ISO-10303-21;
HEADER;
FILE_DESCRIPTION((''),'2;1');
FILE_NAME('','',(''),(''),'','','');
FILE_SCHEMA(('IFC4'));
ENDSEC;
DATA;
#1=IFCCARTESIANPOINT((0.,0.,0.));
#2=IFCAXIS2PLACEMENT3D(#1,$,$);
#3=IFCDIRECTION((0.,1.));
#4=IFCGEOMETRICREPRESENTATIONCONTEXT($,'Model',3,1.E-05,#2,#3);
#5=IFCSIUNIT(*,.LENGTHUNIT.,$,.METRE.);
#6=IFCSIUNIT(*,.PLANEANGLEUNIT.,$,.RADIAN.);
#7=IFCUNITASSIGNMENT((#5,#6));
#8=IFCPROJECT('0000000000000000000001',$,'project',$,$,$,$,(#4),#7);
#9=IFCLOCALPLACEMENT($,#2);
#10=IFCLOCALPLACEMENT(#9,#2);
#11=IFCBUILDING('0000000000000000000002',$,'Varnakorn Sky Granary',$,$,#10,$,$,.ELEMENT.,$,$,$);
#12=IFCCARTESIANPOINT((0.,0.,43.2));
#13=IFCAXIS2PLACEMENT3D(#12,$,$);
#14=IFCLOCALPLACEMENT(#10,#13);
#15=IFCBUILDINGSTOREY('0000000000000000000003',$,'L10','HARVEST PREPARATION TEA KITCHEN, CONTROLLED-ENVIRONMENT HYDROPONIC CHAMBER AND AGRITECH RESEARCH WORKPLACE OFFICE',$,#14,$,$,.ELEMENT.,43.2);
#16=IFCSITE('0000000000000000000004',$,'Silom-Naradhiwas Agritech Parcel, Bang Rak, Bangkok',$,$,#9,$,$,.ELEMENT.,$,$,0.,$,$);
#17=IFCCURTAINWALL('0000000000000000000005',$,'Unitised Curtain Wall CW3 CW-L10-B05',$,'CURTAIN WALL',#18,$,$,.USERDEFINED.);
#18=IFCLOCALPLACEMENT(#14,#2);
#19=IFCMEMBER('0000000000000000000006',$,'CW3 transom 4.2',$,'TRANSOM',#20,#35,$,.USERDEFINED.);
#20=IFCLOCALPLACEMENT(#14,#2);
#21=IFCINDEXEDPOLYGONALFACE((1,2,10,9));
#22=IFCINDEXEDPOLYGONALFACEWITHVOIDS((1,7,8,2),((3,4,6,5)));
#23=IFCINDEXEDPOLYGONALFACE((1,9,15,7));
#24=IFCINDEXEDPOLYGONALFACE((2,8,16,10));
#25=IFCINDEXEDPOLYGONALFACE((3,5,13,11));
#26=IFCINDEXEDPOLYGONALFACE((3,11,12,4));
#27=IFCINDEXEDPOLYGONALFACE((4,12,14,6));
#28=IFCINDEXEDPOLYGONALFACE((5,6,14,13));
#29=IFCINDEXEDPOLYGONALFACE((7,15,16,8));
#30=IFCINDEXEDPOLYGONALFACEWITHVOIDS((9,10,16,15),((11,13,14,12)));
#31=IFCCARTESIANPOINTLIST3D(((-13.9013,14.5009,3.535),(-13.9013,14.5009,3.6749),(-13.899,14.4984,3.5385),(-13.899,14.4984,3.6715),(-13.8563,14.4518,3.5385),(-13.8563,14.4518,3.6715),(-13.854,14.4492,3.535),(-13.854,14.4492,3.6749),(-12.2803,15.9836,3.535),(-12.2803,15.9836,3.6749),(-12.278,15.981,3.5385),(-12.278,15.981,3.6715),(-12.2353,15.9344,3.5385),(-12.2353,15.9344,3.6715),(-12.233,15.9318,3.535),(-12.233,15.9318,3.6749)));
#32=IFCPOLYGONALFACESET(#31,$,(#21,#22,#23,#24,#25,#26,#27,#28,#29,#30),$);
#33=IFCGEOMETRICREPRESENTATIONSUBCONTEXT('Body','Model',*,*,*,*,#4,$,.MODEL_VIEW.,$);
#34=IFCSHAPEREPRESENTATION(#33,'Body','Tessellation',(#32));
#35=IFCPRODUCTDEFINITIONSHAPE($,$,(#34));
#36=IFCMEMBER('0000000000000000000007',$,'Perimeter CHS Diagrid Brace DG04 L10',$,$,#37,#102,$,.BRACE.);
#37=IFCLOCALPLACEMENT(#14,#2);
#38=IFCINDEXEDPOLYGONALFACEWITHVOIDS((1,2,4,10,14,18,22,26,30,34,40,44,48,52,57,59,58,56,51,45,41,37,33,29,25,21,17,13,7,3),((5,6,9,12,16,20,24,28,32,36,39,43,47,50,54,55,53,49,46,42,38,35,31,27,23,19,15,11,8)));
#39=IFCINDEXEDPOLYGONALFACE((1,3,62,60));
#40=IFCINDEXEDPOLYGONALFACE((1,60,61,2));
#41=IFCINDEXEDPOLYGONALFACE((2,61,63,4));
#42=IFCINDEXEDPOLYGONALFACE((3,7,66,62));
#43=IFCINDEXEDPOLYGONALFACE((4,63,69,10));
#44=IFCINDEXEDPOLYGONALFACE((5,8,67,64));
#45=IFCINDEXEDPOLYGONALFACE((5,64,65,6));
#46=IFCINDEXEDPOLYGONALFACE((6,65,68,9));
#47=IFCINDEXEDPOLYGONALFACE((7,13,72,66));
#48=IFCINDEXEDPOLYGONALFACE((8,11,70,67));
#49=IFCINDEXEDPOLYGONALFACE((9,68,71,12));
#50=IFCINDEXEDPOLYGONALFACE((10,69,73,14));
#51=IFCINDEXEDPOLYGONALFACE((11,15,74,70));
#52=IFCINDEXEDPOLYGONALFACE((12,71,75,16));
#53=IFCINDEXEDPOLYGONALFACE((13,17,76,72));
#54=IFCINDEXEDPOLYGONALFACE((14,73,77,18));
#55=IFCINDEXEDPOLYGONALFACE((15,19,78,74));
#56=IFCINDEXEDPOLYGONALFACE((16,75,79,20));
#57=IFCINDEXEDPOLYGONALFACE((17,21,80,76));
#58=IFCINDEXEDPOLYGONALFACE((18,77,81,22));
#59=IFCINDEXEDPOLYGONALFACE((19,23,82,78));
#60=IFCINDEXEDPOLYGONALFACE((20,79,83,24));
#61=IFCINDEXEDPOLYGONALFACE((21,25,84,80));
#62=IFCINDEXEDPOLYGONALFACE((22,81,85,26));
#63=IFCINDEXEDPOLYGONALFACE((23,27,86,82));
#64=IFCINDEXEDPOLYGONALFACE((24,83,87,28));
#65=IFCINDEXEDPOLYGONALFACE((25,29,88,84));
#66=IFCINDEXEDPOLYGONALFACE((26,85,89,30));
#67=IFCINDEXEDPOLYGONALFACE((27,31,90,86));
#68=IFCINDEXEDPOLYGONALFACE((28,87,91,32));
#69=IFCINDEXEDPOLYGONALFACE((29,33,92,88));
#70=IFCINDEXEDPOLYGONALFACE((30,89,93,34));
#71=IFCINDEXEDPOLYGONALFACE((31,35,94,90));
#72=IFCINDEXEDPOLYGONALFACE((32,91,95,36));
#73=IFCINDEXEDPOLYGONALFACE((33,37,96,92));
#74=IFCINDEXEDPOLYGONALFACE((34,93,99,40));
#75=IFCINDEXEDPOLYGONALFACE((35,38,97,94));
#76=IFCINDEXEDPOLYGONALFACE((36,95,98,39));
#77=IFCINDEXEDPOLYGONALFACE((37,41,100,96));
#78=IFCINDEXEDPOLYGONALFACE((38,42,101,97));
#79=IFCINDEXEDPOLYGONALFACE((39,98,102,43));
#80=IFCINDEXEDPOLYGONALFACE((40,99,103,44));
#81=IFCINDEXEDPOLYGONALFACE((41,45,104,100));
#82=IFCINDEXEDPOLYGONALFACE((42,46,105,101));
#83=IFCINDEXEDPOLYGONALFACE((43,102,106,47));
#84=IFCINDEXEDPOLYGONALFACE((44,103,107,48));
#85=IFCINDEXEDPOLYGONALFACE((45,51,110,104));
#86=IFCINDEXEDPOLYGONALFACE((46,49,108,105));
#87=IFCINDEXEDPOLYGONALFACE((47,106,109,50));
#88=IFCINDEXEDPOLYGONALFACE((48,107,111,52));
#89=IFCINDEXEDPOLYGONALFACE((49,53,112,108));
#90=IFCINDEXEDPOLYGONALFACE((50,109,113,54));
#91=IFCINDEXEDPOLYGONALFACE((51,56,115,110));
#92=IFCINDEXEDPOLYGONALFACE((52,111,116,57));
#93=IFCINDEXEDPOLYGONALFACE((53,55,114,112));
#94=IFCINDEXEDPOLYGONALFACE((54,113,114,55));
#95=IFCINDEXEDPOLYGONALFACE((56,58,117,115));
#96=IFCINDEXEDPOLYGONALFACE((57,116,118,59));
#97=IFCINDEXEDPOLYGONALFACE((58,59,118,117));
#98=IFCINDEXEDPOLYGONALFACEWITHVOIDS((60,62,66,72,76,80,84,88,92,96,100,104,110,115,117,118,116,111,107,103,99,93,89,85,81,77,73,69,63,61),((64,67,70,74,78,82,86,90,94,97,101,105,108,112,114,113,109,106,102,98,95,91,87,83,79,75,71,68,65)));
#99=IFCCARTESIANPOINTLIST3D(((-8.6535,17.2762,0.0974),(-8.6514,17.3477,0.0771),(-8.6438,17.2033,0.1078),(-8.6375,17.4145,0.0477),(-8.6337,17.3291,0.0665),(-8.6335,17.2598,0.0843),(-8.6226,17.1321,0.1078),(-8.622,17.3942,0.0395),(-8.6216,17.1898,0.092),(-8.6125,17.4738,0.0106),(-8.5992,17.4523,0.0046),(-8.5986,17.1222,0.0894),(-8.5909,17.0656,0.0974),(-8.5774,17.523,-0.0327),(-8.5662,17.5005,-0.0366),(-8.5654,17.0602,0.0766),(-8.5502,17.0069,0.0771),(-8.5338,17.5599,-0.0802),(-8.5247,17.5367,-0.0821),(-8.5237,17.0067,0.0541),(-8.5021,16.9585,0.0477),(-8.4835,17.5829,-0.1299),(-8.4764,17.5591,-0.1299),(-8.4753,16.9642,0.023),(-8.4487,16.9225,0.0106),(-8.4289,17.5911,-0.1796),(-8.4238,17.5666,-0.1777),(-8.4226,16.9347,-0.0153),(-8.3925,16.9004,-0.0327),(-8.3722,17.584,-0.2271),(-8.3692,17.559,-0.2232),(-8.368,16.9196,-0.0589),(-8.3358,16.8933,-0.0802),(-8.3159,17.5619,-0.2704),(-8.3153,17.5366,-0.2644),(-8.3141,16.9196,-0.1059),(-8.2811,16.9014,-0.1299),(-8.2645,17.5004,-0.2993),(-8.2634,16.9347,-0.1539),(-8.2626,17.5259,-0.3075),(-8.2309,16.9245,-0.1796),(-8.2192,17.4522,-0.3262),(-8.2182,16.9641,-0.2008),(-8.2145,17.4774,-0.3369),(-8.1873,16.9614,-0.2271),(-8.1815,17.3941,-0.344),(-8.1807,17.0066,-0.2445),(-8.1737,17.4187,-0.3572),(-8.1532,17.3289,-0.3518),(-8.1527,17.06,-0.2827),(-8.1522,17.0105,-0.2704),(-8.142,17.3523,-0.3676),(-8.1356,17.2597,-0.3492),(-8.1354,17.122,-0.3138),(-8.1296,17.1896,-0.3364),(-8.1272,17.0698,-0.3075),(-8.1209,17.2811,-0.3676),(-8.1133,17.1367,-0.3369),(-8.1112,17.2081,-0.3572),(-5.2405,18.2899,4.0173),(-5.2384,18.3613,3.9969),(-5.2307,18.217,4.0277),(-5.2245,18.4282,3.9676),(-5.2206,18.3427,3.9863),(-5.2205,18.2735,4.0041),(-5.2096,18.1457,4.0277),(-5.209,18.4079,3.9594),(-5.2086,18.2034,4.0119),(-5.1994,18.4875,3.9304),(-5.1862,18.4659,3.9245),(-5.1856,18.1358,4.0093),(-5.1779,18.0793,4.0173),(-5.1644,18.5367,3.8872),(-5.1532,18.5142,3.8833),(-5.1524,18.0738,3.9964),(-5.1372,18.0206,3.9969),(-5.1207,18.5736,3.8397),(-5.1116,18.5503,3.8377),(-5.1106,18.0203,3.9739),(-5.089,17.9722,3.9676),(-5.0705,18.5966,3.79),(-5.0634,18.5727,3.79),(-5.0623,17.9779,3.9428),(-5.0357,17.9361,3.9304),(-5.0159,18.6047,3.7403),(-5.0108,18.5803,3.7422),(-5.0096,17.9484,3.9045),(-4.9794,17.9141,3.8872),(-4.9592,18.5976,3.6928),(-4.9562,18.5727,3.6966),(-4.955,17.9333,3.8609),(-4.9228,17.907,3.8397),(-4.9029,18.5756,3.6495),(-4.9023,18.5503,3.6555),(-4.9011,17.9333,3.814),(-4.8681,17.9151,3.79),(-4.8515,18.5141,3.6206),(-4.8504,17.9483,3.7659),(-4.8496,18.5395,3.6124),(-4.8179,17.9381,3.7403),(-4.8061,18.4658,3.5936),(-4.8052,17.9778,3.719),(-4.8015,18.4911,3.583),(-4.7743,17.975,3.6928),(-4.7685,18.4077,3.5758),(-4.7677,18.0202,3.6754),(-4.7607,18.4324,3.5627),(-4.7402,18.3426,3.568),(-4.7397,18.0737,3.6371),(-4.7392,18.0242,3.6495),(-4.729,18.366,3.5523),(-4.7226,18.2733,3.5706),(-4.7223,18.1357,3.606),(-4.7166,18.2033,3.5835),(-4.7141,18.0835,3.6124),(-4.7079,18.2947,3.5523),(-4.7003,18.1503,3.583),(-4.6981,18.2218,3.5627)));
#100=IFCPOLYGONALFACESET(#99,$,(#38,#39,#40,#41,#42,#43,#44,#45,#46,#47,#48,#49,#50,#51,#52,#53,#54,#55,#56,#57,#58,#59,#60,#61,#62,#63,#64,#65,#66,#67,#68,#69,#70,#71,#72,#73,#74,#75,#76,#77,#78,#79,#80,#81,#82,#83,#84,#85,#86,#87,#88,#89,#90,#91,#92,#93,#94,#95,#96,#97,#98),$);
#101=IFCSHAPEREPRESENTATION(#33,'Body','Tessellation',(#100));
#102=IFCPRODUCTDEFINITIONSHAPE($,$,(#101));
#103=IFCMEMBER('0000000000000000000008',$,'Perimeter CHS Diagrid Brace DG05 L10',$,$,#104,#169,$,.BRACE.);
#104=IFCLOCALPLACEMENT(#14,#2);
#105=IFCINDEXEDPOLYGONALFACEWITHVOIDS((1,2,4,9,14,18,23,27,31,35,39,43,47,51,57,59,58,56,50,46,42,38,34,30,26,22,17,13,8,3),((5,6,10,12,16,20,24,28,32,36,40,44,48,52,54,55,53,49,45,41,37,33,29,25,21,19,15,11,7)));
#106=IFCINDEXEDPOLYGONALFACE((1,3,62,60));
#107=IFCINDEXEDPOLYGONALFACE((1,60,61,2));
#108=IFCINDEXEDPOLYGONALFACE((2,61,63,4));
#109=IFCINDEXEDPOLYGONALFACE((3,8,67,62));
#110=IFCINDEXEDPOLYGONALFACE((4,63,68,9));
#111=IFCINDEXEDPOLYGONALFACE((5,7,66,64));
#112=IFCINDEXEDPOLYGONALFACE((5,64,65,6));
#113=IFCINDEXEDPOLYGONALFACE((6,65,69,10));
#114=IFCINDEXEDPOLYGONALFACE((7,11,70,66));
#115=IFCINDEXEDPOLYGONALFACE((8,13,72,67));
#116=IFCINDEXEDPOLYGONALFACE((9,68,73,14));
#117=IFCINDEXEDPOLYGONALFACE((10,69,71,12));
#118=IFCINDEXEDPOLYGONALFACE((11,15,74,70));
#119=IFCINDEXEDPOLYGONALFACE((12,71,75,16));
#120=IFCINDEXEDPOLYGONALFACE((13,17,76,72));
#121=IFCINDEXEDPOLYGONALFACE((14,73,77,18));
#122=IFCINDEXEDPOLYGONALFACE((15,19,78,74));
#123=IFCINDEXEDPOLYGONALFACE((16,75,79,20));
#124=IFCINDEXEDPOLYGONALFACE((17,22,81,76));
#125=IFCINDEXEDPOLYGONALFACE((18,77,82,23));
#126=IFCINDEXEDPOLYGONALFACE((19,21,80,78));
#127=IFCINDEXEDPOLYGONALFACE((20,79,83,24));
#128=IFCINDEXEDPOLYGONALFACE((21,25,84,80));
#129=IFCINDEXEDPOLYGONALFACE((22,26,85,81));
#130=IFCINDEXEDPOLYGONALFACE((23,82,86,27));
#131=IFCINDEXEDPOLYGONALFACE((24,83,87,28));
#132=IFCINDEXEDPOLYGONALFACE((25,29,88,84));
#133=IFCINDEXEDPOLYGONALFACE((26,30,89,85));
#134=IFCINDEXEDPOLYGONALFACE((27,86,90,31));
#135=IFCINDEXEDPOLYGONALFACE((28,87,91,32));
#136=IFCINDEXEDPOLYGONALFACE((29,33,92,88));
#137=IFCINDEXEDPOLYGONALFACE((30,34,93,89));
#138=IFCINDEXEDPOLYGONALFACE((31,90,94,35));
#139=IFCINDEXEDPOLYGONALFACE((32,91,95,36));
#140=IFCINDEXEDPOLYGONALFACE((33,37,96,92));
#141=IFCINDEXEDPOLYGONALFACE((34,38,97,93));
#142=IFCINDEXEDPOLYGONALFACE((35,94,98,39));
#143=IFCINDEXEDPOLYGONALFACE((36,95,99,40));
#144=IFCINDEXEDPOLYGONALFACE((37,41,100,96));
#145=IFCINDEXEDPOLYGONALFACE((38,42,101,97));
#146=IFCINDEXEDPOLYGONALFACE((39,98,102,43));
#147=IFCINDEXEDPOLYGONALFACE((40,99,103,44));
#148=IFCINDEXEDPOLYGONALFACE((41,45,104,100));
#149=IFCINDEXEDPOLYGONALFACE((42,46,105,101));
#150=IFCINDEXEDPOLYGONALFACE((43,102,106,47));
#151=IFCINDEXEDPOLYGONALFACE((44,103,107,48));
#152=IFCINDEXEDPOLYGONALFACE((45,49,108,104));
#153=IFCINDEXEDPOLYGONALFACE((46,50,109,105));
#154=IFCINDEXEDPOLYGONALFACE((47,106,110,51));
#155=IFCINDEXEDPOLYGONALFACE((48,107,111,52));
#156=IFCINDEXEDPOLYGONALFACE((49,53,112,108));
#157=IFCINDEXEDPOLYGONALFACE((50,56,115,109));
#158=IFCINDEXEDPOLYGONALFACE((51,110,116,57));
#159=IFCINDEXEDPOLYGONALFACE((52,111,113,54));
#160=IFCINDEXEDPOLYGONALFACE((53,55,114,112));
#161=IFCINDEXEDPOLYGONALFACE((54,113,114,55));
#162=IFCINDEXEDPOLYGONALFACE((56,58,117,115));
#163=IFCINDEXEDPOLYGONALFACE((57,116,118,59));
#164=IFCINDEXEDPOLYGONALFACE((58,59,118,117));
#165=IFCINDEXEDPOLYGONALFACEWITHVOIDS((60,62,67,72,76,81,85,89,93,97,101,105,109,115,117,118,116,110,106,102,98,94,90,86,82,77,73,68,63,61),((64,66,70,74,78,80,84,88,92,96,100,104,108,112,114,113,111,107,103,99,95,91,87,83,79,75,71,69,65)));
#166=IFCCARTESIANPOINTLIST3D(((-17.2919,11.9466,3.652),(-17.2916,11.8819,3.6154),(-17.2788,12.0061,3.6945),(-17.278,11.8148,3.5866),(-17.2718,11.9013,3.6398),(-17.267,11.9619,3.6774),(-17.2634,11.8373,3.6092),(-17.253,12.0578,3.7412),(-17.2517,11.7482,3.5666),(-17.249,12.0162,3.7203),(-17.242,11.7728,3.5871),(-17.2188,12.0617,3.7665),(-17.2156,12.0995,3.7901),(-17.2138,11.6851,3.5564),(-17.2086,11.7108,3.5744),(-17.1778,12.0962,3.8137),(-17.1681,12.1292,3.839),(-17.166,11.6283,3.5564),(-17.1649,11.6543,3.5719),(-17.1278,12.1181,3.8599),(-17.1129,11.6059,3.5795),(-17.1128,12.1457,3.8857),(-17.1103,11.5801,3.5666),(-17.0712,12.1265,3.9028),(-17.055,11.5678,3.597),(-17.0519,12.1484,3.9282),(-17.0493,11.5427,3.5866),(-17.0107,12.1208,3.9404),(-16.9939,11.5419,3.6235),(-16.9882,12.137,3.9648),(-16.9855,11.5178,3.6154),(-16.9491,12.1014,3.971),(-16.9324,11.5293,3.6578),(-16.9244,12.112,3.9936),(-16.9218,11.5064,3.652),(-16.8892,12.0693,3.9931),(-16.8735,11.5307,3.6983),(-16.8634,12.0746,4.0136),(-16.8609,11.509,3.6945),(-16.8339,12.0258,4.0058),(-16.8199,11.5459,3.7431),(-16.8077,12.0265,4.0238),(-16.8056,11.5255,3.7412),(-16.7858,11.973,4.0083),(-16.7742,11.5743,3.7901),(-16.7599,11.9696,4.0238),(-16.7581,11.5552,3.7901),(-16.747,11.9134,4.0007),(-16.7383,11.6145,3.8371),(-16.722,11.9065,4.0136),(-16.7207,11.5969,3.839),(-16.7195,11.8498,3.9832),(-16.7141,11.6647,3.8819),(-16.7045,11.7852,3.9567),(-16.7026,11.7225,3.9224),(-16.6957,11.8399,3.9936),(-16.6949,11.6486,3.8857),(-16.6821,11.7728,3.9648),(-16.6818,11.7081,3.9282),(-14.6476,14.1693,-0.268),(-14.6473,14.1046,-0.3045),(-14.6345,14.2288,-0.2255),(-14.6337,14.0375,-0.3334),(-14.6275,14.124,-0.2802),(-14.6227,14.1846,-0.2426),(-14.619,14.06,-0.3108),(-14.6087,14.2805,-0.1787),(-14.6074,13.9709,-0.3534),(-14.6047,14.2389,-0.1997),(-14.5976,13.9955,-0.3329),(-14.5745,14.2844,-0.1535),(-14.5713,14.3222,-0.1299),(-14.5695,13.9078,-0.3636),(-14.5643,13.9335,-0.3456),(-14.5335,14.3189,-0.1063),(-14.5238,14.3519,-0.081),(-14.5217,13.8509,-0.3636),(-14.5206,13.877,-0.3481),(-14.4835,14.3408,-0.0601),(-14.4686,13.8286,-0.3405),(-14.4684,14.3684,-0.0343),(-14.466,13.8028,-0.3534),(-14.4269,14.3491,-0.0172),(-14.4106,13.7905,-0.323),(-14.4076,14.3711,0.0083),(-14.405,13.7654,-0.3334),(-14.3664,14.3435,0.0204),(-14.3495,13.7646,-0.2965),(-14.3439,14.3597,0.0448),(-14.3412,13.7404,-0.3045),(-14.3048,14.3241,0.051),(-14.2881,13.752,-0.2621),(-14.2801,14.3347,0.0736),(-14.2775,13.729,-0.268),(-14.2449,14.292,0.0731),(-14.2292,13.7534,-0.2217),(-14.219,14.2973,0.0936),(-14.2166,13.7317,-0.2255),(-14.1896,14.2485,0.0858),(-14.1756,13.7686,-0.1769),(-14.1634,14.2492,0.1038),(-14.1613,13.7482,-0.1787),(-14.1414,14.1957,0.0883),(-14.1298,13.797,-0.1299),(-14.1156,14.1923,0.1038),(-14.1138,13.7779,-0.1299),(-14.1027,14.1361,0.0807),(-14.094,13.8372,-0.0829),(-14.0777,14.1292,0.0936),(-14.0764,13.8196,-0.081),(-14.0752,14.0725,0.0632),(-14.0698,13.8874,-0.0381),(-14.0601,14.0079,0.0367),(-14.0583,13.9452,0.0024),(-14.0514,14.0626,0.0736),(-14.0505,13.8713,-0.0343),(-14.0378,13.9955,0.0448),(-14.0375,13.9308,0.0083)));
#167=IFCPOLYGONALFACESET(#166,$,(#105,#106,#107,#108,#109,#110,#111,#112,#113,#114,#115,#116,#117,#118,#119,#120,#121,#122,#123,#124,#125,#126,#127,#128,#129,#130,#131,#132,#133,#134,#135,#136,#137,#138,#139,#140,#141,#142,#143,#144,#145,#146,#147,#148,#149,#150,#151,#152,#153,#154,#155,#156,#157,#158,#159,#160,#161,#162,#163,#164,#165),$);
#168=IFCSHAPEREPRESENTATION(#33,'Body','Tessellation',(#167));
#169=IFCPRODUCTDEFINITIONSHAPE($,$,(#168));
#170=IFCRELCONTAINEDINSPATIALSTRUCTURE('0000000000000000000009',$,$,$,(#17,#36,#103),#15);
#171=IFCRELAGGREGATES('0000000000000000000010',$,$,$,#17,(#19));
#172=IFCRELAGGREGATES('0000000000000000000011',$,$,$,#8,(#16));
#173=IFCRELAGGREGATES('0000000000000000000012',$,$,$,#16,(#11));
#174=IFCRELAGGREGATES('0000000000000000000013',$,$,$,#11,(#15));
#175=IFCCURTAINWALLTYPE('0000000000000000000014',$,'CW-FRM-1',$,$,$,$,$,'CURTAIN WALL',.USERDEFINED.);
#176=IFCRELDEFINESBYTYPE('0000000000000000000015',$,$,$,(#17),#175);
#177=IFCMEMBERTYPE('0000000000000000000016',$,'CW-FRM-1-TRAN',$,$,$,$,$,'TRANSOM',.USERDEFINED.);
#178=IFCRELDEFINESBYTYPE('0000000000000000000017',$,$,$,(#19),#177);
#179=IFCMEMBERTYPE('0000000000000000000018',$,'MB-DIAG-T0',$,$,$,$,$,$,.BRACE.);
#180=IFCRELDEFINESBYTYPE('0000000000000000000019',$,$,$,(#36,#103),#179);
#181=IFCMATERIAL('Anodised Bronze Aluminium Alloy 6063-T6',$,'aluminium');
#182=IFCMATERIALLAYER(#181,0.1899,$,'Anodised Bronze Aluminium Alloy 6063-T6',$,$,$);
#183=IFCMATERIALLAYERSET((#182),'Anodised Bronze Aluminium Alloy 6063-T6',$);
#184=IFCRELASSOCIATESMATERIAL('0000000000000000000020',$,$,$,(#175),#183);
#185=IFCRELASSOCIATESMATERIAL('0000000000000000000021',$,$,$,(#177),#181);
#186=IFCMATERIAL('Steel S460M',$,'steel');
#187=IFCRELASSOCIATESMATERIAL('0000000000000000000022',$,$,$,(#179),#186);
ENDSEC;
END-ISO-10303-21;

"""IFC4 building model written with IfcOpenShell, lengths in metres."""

from ifc_helpers import new_model, si_unit, direction, frame, origin, origin_2d, place, context, subcontext, project, spatial, hollow_rectangle, hollow_circle, extrude, material, layer, layer_set, material_profile, profile_set, type_object, element, aggregate, save


model = new_model("IFC4")

# Units and contexts
model_context = context("Model", 3, precision=1e-05, world=origin(), true_north=direction((0.0, 1.0)))
body_context = subcontext(model_context, "Body", "Model", "MODEL_VIEW")
ifc_project = project(units=[si_unit("LENGTHUNIT", "METRE"), si_unit("PLANEANGLEUNIT", "RADIAN")], contexts=[model_context])

# Site, building, storey
site_placement = place(None, origin())
site = spatial("IfcSite", under=ifc_project, at=site_placement, Name="Silom-Naradhiwas Agritech Parcel, Bang Rak, Bangkok", CompositionType="ELEMENT", RefElevation=0.0)
building_placement = place(site_placement, origin())
building = spatial("IfcBuilding", under=site, at=building_placement, Name="Varnakorn Sky Granary", CompositionType="ELEMENT")
storey_placement = place(building_placement, frame((0.0, 0.0, 43.2)))
storey = spatial("IfcBuildingStorey", under=building, at=storey_placement, Name="L10", Description="HARVEST PREPARATION TEA KITCHEN, CONTROLLED-ENVIRONMENT HYDROPONIC CHAMBER AND AGRITECH RESEARCH WORKPLACE OFFICE", CompositionType="ELEMENT", Elevation=43.2)

# Shared definitions
ifc_material_1 = material(Name="Steel S460M", Category="steel")

# Curtain wall
ifc_material_2 = material(Name="Anodised Bronze Aluminium Alloy 6063-T6", Category="aluminium")
ifc_layer_1 = layer(ifc_material_2, 0.1899, Name="Anodised Bronze Aluminium Alloy 6063-T6")
ifc_layer_set_1 = layer_set([ifc_layer_1], Name="Anodised Bronze Aluminium Alloy 6063-T6")
curtain_wall_type = type_object("IfcCurtainWallType", Name="CW-FRM-1", ElementType="CURTAIN WALL", PredefinedType="USERDEFINED", material=ifc_layer_set_1)
curtain_wall_1_placement = place(storey_placement, origin())
curtain_wall_1 = element("IfcCurtainWall", 1, at=curtain_wall_1_placement, inside=storey, type_object=curtain_wall_type, Name="Unitised Curtain Wall CW3 CW-L10-B05", ObjectType="CURTAIN WALL", PredefinedType="USERDEFINED")

# Member
ifc_material_profile_1 = material_profile(ifc_material_2, hollow_rectangle(XDim=0.0701, YDim=0.1399, WallThickness=0.0034, at=origin_2d()), Name="ALU TRAN 70x140")
ifc_profile_set_1 = profile_set([ifc_material_profile_1], Name="Anodised Bronze Aluminium Alloy 6063-T6")
member_type_1 = type_object("IfcMemberType", Name="CW-FRM-1-TRAN", ElementType="TRANSOM", PredefinedType="USERDEFINED", material=ifc_profile_set_1)
member_1_placement = place(storey_placement, frame((-13.8777, 14.4751, 3.605), z_axis=(0.73791, 0.674899, 0.0), x_axis=(-0.674899, 0.73791, 0.0)))
member_1 = element("IfcMember", 2, at=member_1_placement, type_object=member_type_1, Name="CW3 transom 4.2", ObjectType="TRANSOM", PredefinedType="USERDEFINED", context=body_context, shape_type="SweptSolid", body=[
    extrude(hollow_rectangle(XDim=0.0701, YDim=0.1399, WallThickness=0.0034, at=origin_2d()), origin(), (0.0, 0.0, 1.0), 2.1968),
])

# Members
ifc_material_profile_2 = material_profile(ifc_material_1, hollow_circle(Radius=0.3555, WallThickness=0.0249, at=origin_2d()), Name="CHS 711x25")
ifc_profile_set_2 = profile_set([ifc_material_profile_2], Name="Steel S460M")
member_type_2 = type_object("IfcMemberType", Name="MB-DIAG-T0", PredefinedType="BRACE", material=ifc_profile_set_2)
member_2_placement = place(storey_placement, frame((-8.3823, 17.2422, -0.1299), z_axis=(0.644524, 0.191421, 0.740234), x_axis=(-0.284705, 0.958615, 0.0)))
element("IfcMember", 3, at=member_2_placement, inside=storey, type_object=member_type_2, Name="Perimeter CHS Diagrid Brace DG04 L10", PredefinedType="BRACE", context=body_context, shape_type="SweptSolid", body=[
    extrude(hollow_circle(Radius=0.3555, WallThickness=0.0249, at=origin_2d()), origin(), (0.0, 0.0, 1.0), 5.2954),
])
member_3_placement = place(storey_placement, frame((-14.3425, 14.05, -0.1299), z_axis=(-0.506106, -0.425407, 0.750257), x_axis=(0.643439, -0.765497, 0.0)))
element("IfcMember", 4, at=member_3_placement, inside=storey, type_object=member_type_2, Name="Perimeter CHS Diagrid Brace DG05 L10", PredefinedType="BRACE", context=body_context, shape_type="SweptSolid", body=[
    extrude(hollow_circle(Radius=0.3555, WallThickness=0.0249, at=origin_2d()), origin(), (0.0, 0.0, 1.0), 5.2249),
])

aggregate(curtain_wall_1, [member_1])

save(model, "model.ifc")
